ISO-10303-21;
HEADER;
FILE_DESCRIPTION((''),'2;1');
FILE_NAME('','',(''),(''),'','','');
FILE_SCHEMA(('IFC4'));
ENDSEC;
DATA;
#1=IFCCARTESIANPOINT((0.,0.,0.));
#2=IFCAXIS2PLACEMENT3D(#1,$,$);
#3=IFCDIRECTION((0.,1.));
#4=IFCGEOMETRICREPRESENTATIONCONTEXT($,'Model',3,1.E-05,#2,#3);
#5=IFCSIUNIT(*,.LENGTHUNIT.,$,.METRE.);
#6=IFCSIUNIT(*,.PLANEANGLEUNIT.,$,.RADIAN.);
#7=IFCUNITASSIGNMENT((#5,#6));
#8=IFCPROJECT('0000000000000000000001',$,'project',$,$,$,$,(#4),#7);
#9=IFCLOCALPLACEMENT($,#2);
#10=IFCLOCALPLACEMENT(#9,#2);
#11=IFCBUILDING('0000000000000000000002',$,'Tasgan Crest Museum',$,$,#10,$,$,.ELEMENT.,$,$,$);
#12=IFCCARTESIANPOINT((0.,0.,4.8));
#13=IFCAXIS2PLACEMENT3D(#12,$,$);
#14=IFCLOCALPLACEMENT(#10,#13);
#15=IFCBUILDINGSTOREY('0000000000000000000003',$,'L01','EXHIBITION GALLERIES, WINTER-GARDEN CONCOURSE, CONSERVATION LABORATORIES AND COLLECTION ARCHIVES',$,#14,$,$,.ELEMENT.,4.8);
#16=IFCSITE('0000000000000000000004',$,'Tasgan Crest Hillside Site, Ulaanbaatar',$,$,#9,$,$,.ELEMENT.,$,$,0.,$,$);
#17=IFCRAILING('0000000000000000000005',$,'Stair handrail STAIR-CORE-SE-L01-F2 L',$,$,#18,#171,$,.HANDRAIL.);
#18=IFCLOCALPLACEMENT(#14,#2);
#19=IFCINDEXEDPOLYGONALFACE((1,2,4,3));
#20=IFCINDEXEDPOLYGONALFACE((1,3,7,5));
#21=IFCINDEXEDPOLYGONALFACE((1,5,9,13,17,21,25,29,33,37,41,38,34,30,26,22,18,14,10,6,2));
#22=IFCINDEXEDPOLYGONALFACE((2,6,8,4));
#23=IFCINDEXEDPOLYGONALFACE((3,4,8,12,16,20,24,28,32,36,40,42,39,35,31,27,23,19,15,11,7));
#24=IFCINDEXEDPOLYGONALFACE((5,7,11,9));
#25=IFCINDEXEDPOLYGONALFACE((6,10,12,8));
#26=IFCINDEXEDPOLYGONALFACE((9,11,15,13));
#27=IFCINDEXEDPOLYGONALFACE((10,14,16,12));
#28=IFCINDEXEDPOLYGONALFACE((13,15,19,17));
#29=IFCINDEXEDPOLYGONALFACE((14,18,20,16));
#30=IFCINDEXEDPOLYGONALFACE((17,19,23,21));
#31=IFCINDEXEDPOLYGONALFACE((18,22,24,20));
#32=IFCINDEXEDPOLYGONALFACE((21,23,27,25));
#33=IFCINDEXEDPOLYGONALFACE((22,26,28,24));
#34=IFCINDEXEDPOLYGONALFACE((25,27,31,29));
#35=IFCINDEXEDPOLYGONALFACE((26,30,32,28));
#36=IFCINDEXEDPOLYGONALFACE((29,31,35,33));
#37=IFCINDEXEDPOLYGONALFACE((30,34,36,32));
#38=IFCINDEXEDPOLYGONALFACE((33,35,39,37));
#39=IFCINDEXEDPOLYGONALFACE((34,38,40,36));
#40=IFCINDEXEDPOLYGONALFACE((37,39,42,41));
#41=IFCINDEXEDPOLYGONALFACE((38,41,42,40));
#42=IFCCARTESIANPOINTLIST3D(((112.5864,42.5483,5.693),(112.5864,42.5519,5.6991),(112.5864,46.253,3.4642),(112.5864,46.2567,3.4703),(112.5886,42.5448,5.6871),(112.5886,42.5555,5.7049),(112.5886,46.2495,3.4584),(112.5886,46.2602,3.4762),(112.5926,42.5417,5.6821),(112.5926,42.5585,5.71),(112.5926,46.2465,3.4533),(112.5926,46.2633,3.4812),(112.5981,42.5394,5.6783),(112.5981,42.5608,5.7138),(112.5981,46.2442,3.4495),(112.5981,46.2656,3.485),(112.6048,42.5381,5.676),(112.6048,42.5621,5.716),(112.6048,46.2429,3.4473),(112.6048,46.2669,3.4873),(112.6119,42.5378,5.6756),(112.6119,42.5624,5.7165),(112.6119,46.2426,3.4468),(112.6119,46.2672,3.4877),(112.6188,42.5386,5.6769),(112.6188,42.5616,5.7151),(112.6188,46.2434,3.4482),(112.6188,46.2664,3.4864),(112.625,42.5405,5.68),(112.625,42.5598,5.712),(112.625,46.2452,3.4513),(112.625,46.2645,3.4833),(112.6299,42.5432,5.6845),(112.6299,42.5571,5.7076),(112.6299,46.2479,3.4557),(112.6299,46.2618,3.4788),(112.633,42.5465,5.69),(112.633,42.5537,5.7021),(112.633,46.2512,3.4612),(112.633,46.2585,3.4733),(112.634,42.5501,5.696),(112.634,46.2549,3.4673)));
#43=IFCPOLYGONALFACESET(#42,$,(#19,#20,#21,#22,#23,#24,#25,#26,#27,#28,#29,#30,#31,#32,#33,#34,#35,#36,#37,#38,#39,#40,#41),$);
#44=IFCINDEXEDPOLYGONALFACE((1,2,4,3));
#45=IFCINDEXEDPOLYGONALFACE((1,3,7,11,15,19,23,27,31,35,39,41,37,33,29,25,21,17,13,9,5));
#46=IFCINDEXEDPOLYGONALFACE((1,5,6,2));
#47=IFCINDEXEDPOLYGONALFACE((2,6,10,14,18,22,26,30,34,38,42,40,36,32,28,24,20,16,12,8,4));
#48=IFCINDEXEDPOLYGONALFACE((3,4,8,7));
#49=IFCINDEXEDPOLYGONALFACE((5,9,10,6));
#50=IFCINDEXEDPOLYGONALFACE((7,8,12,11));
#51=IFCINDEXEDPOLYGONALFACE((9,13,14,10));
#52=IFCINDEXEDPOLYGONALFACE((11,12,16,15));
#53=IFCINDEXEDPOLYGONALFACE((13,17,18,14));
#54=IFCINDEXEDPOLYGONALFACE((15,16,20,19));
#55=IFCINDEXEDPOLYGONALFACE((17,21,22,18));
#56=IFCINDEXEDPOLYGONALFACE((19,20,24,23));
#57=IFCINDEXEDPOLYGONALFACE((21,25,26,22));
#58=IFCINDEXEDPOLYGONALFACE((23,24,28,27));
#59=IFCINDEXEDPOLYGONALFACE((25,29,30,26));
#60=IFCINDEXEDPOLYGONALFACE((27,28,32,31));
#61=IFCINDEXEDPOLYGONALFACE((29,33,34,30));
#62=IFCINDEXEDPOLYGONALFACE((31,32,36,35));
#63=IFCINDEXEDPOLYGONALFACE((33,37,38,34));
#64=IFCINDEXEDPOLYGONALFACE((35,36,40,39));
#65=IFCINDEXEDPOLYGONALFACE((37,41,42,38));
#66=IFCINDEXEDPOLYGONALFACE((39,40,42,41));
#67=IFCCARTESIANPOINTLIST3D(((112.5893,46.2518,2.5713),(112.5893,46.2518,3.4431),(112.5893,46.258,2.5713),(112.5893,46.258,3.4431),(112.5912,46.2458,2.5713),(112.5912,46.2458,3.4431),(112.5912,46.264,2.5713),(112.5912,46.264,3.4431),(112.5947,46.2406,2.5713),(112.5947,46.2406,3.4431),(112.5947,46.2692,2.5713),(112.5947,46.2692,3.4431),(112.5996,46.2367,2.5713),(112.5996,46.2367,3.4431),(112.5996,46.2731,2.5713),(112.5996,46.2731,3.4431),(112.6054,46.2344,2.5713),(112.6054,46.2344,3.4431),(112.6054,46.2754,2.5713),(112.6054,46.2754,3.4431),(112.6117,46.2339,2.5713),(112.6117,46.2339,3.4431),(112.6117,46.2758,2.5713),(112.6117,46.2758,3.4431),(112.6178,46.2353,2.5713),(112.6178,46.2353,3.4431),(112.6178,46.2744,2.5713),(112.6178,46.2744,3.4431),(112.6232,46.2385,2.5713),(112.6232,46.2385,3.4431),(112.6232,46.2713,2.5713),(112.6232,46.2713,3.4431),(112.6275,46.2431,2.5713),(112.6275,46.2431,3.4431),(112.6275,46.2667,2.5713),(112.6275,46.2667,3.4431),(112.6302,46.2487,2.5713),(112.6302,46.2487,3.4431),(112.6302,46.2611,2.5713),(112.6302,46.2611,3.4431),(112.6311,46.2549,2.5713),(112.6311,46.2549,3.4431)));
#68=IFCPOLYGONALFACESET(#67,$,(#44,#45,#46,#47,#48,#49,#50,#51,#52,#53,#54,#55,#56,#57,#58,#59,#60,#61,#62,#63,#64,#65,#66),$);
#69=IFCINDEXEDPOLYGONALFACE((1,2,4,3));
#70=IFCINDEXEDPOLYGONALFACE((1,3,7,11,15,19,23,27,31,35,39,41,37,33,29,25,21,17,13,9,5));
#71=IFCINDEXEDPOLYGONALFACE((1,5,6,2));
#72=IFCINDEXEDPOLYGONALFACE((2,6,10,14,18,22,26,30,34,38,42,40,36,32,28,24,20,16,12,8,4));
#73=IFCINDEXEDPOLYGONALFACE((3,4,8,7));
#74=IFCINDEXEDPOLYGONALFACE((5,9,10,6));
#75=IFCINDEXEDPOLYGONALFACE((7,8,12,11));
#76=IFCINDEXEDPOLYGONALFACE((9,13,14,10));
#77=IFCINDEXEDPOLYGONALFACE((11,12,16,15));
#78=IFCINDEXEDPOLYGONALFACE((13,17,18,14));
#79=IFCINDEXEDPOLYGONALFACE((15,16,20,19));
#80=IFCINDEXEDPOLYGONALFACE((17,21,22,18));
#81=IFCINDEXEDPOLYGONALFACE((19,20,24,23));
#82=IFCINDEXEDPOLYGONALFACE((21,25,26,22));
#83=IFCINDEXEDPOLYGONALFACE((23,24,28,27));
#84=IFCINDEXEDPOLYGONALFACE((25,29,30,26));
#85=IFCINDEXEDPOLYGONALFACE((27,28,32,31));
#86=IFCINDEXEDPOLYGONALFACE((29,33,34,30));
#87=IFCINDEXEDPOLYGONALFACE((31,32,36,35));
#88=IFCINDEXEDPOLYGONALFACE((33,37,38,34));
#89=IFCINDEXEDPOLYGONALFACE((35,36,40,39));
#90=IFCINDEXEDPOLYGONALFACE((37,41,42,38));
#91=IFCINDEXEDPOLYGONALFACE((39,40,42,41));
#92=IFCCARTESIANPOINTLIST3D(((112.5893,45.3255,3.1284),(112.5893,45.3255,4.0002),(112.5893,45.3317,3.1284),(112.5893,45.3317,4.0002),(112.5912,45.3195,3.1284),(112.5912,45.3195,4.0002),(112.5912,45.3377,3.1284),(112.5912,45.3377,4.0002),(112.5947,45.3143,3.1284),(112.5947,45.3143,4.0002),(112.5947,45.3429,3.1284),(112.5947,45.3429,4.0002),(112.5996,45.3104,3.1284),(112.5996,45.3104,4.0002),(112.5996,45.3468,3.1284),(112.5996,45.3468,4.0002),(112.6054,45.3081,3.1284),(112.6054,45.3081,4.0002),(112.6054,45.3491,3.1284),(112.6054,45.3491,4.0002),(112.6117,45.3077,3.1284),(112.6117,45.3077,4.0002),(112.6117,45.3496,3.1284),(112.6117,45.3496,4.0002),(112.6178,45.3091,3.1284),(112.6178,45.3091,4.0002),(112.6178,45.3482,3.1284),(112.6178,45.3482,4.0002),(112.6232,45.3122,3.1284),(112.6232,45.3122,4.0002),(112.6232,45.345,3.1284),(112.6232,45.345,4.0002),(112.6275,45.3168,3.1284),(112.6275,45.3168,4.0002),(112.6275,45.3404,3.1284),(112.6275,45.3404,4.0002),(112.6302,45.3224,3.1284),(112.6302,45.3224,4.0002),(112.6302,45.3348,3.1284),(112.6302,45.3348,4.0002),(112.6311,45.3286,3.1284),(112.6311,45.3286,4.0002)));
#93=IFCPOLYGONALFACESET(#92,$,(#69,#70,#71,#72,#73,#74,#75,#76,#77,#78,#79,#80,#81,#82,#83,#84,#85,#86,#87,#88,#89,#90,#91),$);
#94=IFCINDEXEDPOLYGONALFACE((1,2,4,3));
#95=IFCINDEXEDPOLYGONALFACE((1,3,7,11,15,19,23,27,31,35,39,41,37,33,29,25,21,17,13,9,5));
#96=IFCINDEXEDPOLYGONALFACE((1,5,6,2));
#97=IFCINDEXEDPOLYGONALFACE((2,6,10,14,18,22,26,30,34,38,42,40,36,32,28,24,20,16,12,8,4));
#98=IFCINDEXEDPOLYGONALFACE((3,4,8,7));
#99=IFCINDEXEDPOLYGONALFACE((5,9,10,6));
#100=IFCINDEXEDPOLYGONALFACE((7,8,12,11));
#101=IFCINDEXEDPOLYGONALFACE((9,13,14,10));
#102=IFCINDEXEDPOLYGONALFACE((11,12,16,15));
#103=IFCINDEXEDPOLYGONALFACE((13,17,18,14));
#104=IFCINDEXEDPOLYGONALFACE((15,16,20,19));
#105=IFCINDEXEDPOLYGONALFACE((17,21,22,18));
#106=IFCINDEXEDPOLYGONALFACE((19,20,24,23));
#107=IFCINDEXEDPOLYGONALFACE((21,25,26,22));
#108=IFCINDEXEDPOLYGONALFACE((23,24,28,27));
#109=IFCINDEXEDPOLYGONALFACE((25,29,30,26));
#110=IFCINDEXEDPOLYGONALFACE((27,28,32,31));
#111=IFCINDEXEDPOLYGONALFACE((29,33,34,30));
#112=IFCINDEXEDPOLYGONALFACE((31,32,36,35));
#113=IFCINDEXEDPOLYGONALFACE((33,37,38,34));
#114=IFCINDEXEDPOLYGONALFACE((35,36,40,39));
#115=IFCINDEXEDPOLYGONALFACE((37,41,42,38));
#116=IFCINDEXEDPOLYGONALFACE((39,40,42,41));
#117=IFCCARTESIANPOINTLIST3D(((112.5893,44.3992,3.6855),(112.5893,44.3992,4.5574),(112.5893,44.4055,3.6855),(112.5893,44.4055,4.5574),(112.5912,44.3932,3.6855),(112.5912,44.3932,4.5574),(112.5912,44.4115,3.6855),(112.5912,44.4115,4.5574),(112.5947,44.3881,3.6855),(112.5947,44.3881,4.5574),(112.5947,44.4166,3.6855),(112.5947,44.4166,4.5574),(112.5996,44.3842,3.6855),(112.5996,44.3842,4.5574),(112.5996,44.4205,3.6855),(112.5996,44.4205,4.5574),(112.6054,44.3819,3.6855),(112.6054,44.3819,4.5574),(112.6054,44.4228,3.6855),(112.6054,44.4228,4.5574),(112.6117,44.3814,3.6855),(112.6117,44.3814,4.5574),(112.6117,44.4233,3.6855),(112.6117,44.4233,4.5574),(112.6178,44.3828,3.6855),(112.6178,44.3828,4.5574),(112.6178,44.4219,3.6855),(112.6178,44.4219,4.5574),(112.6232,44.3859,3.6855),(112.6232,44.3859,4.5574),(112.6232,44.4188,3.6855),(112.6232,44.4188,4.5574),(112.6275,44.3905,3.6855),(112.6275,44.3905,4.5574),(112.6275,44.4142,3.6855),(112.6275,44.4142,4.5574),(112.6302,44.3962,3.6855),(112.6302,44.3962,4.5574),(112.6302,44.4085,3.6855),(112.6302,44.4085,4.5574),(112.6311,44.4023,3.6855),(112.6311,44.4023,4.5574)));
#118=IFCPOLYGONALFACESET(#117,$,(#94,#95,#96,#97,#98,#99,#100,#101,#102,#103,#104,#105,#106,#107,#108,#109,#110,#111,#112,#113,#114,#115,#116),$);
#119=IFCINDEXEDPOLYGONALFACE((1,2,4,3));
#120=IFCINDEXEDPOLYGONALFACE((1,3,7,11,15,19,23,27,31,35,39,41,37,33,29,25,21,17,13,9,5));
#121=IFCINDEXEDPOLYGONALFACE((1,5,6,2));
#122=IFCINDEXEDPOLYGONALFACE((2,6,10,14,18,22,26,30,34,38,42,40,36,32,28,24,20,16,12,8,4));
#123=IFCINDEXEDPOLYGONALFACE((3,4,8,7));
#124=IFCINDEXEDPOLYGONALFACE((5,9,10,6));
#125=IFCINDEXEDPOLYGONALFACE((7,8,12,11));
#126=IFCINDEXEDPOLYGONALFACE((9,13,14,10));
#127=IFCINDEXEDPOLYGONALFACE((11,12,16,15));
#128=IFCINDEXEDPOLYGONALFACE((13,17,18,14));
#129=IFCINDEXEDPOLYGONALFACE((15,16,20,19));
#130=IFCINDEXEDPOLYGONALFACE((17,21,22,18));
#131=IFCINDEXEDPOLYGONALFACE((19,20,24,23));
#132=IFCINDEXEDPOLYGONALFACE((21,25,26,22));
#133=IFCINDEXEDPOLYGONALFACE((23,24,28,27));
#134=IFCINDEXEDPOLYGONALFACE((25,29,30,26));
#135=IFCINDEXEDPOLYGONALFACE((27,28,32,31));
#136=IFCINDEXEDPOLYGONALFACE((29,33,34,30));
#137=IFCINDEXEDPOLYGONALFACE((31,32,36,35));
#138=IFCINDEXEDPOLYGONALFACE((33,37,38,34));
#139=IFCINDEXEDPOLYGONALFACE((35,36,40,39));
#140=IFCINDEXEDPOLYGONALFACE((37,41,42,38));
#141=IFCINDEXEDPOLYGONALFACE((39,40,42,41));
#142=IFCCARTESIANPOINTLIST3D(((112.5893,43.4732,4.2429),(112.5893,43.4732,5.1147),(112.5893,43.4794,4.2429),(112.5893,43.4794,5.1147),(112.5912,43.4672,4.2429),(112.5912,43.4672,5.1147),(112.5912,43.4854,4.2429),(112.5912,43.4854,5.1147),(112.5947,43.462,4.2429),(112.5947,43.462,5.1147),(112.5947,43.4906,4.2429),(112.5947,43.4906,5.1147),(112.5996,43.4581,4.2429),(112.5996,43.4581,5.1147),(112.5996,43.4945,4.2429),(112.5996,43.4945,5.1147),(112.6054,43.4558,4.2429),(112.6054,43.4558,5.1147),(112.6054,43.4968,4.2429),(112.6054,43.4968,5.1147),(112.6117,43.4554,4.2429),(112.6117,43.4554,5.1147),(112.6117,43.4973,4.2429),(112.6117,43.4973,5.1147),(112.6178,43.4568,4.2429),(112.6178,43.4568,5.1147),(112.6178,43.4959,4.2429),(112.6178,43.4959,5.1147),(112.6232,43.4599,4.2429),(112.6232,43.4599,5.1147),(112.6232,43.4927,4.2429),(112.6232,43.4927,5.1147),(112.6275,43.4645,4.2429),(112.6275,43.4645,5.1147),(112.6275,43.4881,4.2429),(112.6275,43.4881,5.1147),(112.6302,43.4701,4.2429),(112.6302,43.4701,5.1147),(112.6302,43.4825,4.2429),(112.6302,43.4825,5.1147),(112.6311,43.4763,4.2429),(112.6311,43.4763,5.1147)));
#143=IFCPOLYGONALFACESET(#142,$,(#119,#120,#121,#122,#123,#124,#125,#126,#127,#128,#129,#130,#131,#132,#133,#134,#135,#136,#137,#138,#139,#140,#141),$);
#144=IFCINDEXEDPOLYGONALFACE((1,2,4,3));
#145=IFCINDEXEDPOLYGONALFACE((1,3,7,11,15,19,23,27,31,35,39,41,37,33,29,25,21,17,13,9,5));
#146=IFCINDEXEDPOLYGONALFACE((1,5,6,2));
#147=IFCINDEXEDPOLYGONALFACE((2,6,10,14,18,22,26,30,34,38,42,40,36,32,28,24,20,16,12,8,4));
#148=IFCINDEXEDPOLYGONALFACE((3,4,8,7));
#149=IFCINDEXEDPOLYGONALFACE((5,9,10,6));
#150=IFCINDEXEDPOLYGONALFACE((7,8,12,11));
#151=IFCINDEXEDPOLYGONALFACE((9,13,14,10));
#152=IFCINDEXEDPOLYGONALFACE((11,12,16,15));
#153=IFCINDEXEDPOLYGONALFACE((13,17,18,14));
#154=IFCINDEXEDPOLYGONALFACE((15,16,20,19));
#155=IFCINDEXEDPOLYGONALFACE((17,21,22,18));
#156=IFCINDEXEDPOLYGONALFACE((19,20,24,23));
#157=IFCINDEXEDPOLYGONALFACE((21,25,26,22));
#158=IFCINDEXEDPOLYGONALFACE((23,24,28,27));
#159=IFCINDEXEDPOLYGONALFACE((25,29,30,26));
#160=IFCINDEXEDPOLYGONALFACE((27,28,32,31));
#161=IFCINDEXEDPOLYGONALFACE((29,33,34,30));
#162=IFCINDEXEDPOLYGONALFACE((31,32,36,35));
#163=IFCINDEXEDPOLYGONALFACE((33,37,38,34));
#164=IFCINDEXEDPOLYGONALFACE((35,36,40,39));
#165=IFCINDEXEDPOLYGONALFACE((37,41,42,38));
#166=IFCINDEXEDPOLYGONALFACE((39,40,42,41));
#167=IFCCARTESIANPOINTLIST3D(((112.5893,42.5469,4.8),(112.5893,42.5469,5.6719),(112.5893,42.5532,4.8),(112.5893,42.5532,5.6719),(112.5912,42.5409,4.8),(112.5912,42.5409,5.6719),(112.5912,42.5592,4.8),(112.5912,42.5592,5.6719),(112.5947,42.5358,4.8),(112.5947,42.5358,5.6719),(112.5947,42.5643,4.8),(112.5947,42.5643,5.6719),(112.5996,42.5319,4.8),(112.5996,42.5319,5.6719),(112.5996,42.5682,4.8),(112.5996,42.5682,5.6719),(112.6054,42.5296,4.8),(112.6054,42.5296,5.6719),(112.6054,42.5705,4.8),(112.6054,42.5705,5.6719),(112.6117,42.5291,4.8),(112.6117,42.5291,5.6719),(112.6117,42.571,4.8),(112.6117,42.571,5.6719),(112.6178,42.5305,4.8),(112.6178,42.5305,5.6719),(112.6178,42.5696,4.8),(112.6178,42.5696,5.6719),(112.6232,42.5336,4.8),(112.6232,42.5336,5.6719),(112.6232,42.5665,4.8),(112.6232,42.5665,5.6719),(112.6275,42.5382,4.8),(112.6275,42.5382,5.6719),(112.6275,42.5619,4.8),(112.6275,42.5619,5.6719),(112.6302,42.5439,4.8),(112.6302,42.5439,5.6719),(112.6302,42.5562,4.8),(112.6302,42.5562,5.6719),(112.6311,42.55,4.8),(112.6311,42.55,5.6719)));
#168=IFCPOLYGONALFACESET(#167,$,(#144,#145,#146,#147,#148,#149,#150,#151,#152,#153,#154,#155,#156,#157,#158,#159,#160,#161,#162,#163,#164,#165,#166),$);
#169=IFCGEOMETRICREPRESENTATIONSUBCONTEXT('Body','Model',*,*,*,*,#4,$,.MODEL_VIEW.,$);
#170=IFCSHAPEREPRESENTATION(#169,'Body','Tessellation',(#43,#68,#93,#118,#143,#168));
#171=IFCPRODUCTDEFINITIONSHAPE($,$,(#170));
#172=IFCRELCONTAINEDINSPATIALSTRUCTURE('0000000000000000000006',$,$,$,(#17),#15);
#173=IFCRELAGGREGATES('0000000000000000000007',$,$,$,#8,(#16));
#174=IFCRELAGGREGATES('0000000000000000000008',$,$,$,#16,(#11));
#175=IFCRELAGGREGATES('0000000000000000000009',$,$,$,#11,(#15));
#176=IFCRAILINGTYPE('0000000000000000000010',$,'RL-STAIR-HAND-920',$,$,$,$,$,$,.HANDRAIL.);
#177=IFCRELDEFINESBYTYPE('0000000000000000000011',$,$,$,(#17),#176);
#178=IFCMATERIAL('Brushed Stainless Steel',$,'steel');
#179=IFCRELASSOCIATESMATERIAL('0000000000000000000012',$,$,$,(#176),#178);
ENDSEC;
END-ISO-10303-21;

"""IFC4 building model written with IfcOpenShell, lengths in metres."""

from ifc_helpers import new_model, si_unit, direction, frame, origin, origin_2d, place, context, subcontext, project, spatial, circle, extrude, material, type_object, element, save


model = new_model("IFC4")

# Units and contexts
model_context = context("Model", 3, precision=1e-05, world=origin(), true_north=direction((0.0, 1.0)))
body_context = subcontext(model_context, "Body", "Model", "MODEL_VIEW")
ifc_project = project(units=[si_unit("LENGTHUNIT", "METRE"), si_unit("PLANEANGLEUNIT", "RADIAN")], contexts=[model_context])

# Site, building, storey
site_placement = place(None, origin())
site = spatial("IfcSite", under=ifc_project, at=site_placement, Name="Tasgan Crest Hillside Site, Ulaanbaatar", CompositionType="ELEMENT", RefElevation=0.0)
building_placement = place(site_placement, origin())
building = spatial("IfcBuilding", under=site, at=building_placement, Name="Tasgan Crest Museum", CompositionType="ELEMENT")
storey_placement = place(building_placement, frame((0.0, 0.0, 4.8)))
storey = spatial("IfcBuildingStorey", under=building, at=storey_placement, Name="L01", Description="EXHIBITION GALLERIES, WINTER-GARDEN CONCOURSE, CONSERVATION LABORATORIES AND COLLECTION ARCHIVES", CompositionType="ELEMENT", Elevation=4.8)

# Railing
ifc_material_1 = material(Name="Brushed Stainless Steel", Category="steel")
railing_type_1 = type_object("IfcRailingType", Name="RL-STAIR-HAND-920", PredefinedType="HANDRAIL", material=ifc_material_1)
for number, where, name in (
    (1, (112.6101, 46.2549, 2.5713), "Stair handrail STAIR-CORE-SE-L01-F2 L"),
):
    element("IfcRailing", number, at=place(storey_placement, frame(where)), inside=storey, type_object=railing_type_1, Name=name, PredefinedType="HANDRAIL", context=body_context, shape_type="SweptSolid", body=[
        extrude(circle(Radius=0.0239, at=origin_2d()), frame((0.0, 0.0, 0.896), z_axis=(0.0, -0.856894, 0.515492), x_axis=(1.0, 0.0, 0.0)), (0.0, 0.0, 1.0), 4.3235),
        extrude(circle(Radius=0.021, at=origin_2d()), origin(), (0.0, 0.0, 1.0), 0.8718),
        extrude(circle(Radius=0.021, at=origin_2d()), frame((0.0, -0.9263, 0.5571)), (0.0, 0.0, 1.0), 0.8718),
        extrude(circle(Radius=0.021, at=origin_2d()), frame((0.0, -1.8525, 1.1143)), (0.0, 0.0, 1.0), 0.8718),
        extrude(circle(Radius=0.021, at=origin_2d()), frame((0.0, -2.7786, 1.6716)), (0.0, 0.0, 1.0), 0.8718),
        extrude(circle(Radius=0.021, at=origin_2d()), frame((0.0, -3.7048, 2.2288)), (0.0, 0.0, 1.0), 0.8718),
    ])

save(model, "model.ifc")
